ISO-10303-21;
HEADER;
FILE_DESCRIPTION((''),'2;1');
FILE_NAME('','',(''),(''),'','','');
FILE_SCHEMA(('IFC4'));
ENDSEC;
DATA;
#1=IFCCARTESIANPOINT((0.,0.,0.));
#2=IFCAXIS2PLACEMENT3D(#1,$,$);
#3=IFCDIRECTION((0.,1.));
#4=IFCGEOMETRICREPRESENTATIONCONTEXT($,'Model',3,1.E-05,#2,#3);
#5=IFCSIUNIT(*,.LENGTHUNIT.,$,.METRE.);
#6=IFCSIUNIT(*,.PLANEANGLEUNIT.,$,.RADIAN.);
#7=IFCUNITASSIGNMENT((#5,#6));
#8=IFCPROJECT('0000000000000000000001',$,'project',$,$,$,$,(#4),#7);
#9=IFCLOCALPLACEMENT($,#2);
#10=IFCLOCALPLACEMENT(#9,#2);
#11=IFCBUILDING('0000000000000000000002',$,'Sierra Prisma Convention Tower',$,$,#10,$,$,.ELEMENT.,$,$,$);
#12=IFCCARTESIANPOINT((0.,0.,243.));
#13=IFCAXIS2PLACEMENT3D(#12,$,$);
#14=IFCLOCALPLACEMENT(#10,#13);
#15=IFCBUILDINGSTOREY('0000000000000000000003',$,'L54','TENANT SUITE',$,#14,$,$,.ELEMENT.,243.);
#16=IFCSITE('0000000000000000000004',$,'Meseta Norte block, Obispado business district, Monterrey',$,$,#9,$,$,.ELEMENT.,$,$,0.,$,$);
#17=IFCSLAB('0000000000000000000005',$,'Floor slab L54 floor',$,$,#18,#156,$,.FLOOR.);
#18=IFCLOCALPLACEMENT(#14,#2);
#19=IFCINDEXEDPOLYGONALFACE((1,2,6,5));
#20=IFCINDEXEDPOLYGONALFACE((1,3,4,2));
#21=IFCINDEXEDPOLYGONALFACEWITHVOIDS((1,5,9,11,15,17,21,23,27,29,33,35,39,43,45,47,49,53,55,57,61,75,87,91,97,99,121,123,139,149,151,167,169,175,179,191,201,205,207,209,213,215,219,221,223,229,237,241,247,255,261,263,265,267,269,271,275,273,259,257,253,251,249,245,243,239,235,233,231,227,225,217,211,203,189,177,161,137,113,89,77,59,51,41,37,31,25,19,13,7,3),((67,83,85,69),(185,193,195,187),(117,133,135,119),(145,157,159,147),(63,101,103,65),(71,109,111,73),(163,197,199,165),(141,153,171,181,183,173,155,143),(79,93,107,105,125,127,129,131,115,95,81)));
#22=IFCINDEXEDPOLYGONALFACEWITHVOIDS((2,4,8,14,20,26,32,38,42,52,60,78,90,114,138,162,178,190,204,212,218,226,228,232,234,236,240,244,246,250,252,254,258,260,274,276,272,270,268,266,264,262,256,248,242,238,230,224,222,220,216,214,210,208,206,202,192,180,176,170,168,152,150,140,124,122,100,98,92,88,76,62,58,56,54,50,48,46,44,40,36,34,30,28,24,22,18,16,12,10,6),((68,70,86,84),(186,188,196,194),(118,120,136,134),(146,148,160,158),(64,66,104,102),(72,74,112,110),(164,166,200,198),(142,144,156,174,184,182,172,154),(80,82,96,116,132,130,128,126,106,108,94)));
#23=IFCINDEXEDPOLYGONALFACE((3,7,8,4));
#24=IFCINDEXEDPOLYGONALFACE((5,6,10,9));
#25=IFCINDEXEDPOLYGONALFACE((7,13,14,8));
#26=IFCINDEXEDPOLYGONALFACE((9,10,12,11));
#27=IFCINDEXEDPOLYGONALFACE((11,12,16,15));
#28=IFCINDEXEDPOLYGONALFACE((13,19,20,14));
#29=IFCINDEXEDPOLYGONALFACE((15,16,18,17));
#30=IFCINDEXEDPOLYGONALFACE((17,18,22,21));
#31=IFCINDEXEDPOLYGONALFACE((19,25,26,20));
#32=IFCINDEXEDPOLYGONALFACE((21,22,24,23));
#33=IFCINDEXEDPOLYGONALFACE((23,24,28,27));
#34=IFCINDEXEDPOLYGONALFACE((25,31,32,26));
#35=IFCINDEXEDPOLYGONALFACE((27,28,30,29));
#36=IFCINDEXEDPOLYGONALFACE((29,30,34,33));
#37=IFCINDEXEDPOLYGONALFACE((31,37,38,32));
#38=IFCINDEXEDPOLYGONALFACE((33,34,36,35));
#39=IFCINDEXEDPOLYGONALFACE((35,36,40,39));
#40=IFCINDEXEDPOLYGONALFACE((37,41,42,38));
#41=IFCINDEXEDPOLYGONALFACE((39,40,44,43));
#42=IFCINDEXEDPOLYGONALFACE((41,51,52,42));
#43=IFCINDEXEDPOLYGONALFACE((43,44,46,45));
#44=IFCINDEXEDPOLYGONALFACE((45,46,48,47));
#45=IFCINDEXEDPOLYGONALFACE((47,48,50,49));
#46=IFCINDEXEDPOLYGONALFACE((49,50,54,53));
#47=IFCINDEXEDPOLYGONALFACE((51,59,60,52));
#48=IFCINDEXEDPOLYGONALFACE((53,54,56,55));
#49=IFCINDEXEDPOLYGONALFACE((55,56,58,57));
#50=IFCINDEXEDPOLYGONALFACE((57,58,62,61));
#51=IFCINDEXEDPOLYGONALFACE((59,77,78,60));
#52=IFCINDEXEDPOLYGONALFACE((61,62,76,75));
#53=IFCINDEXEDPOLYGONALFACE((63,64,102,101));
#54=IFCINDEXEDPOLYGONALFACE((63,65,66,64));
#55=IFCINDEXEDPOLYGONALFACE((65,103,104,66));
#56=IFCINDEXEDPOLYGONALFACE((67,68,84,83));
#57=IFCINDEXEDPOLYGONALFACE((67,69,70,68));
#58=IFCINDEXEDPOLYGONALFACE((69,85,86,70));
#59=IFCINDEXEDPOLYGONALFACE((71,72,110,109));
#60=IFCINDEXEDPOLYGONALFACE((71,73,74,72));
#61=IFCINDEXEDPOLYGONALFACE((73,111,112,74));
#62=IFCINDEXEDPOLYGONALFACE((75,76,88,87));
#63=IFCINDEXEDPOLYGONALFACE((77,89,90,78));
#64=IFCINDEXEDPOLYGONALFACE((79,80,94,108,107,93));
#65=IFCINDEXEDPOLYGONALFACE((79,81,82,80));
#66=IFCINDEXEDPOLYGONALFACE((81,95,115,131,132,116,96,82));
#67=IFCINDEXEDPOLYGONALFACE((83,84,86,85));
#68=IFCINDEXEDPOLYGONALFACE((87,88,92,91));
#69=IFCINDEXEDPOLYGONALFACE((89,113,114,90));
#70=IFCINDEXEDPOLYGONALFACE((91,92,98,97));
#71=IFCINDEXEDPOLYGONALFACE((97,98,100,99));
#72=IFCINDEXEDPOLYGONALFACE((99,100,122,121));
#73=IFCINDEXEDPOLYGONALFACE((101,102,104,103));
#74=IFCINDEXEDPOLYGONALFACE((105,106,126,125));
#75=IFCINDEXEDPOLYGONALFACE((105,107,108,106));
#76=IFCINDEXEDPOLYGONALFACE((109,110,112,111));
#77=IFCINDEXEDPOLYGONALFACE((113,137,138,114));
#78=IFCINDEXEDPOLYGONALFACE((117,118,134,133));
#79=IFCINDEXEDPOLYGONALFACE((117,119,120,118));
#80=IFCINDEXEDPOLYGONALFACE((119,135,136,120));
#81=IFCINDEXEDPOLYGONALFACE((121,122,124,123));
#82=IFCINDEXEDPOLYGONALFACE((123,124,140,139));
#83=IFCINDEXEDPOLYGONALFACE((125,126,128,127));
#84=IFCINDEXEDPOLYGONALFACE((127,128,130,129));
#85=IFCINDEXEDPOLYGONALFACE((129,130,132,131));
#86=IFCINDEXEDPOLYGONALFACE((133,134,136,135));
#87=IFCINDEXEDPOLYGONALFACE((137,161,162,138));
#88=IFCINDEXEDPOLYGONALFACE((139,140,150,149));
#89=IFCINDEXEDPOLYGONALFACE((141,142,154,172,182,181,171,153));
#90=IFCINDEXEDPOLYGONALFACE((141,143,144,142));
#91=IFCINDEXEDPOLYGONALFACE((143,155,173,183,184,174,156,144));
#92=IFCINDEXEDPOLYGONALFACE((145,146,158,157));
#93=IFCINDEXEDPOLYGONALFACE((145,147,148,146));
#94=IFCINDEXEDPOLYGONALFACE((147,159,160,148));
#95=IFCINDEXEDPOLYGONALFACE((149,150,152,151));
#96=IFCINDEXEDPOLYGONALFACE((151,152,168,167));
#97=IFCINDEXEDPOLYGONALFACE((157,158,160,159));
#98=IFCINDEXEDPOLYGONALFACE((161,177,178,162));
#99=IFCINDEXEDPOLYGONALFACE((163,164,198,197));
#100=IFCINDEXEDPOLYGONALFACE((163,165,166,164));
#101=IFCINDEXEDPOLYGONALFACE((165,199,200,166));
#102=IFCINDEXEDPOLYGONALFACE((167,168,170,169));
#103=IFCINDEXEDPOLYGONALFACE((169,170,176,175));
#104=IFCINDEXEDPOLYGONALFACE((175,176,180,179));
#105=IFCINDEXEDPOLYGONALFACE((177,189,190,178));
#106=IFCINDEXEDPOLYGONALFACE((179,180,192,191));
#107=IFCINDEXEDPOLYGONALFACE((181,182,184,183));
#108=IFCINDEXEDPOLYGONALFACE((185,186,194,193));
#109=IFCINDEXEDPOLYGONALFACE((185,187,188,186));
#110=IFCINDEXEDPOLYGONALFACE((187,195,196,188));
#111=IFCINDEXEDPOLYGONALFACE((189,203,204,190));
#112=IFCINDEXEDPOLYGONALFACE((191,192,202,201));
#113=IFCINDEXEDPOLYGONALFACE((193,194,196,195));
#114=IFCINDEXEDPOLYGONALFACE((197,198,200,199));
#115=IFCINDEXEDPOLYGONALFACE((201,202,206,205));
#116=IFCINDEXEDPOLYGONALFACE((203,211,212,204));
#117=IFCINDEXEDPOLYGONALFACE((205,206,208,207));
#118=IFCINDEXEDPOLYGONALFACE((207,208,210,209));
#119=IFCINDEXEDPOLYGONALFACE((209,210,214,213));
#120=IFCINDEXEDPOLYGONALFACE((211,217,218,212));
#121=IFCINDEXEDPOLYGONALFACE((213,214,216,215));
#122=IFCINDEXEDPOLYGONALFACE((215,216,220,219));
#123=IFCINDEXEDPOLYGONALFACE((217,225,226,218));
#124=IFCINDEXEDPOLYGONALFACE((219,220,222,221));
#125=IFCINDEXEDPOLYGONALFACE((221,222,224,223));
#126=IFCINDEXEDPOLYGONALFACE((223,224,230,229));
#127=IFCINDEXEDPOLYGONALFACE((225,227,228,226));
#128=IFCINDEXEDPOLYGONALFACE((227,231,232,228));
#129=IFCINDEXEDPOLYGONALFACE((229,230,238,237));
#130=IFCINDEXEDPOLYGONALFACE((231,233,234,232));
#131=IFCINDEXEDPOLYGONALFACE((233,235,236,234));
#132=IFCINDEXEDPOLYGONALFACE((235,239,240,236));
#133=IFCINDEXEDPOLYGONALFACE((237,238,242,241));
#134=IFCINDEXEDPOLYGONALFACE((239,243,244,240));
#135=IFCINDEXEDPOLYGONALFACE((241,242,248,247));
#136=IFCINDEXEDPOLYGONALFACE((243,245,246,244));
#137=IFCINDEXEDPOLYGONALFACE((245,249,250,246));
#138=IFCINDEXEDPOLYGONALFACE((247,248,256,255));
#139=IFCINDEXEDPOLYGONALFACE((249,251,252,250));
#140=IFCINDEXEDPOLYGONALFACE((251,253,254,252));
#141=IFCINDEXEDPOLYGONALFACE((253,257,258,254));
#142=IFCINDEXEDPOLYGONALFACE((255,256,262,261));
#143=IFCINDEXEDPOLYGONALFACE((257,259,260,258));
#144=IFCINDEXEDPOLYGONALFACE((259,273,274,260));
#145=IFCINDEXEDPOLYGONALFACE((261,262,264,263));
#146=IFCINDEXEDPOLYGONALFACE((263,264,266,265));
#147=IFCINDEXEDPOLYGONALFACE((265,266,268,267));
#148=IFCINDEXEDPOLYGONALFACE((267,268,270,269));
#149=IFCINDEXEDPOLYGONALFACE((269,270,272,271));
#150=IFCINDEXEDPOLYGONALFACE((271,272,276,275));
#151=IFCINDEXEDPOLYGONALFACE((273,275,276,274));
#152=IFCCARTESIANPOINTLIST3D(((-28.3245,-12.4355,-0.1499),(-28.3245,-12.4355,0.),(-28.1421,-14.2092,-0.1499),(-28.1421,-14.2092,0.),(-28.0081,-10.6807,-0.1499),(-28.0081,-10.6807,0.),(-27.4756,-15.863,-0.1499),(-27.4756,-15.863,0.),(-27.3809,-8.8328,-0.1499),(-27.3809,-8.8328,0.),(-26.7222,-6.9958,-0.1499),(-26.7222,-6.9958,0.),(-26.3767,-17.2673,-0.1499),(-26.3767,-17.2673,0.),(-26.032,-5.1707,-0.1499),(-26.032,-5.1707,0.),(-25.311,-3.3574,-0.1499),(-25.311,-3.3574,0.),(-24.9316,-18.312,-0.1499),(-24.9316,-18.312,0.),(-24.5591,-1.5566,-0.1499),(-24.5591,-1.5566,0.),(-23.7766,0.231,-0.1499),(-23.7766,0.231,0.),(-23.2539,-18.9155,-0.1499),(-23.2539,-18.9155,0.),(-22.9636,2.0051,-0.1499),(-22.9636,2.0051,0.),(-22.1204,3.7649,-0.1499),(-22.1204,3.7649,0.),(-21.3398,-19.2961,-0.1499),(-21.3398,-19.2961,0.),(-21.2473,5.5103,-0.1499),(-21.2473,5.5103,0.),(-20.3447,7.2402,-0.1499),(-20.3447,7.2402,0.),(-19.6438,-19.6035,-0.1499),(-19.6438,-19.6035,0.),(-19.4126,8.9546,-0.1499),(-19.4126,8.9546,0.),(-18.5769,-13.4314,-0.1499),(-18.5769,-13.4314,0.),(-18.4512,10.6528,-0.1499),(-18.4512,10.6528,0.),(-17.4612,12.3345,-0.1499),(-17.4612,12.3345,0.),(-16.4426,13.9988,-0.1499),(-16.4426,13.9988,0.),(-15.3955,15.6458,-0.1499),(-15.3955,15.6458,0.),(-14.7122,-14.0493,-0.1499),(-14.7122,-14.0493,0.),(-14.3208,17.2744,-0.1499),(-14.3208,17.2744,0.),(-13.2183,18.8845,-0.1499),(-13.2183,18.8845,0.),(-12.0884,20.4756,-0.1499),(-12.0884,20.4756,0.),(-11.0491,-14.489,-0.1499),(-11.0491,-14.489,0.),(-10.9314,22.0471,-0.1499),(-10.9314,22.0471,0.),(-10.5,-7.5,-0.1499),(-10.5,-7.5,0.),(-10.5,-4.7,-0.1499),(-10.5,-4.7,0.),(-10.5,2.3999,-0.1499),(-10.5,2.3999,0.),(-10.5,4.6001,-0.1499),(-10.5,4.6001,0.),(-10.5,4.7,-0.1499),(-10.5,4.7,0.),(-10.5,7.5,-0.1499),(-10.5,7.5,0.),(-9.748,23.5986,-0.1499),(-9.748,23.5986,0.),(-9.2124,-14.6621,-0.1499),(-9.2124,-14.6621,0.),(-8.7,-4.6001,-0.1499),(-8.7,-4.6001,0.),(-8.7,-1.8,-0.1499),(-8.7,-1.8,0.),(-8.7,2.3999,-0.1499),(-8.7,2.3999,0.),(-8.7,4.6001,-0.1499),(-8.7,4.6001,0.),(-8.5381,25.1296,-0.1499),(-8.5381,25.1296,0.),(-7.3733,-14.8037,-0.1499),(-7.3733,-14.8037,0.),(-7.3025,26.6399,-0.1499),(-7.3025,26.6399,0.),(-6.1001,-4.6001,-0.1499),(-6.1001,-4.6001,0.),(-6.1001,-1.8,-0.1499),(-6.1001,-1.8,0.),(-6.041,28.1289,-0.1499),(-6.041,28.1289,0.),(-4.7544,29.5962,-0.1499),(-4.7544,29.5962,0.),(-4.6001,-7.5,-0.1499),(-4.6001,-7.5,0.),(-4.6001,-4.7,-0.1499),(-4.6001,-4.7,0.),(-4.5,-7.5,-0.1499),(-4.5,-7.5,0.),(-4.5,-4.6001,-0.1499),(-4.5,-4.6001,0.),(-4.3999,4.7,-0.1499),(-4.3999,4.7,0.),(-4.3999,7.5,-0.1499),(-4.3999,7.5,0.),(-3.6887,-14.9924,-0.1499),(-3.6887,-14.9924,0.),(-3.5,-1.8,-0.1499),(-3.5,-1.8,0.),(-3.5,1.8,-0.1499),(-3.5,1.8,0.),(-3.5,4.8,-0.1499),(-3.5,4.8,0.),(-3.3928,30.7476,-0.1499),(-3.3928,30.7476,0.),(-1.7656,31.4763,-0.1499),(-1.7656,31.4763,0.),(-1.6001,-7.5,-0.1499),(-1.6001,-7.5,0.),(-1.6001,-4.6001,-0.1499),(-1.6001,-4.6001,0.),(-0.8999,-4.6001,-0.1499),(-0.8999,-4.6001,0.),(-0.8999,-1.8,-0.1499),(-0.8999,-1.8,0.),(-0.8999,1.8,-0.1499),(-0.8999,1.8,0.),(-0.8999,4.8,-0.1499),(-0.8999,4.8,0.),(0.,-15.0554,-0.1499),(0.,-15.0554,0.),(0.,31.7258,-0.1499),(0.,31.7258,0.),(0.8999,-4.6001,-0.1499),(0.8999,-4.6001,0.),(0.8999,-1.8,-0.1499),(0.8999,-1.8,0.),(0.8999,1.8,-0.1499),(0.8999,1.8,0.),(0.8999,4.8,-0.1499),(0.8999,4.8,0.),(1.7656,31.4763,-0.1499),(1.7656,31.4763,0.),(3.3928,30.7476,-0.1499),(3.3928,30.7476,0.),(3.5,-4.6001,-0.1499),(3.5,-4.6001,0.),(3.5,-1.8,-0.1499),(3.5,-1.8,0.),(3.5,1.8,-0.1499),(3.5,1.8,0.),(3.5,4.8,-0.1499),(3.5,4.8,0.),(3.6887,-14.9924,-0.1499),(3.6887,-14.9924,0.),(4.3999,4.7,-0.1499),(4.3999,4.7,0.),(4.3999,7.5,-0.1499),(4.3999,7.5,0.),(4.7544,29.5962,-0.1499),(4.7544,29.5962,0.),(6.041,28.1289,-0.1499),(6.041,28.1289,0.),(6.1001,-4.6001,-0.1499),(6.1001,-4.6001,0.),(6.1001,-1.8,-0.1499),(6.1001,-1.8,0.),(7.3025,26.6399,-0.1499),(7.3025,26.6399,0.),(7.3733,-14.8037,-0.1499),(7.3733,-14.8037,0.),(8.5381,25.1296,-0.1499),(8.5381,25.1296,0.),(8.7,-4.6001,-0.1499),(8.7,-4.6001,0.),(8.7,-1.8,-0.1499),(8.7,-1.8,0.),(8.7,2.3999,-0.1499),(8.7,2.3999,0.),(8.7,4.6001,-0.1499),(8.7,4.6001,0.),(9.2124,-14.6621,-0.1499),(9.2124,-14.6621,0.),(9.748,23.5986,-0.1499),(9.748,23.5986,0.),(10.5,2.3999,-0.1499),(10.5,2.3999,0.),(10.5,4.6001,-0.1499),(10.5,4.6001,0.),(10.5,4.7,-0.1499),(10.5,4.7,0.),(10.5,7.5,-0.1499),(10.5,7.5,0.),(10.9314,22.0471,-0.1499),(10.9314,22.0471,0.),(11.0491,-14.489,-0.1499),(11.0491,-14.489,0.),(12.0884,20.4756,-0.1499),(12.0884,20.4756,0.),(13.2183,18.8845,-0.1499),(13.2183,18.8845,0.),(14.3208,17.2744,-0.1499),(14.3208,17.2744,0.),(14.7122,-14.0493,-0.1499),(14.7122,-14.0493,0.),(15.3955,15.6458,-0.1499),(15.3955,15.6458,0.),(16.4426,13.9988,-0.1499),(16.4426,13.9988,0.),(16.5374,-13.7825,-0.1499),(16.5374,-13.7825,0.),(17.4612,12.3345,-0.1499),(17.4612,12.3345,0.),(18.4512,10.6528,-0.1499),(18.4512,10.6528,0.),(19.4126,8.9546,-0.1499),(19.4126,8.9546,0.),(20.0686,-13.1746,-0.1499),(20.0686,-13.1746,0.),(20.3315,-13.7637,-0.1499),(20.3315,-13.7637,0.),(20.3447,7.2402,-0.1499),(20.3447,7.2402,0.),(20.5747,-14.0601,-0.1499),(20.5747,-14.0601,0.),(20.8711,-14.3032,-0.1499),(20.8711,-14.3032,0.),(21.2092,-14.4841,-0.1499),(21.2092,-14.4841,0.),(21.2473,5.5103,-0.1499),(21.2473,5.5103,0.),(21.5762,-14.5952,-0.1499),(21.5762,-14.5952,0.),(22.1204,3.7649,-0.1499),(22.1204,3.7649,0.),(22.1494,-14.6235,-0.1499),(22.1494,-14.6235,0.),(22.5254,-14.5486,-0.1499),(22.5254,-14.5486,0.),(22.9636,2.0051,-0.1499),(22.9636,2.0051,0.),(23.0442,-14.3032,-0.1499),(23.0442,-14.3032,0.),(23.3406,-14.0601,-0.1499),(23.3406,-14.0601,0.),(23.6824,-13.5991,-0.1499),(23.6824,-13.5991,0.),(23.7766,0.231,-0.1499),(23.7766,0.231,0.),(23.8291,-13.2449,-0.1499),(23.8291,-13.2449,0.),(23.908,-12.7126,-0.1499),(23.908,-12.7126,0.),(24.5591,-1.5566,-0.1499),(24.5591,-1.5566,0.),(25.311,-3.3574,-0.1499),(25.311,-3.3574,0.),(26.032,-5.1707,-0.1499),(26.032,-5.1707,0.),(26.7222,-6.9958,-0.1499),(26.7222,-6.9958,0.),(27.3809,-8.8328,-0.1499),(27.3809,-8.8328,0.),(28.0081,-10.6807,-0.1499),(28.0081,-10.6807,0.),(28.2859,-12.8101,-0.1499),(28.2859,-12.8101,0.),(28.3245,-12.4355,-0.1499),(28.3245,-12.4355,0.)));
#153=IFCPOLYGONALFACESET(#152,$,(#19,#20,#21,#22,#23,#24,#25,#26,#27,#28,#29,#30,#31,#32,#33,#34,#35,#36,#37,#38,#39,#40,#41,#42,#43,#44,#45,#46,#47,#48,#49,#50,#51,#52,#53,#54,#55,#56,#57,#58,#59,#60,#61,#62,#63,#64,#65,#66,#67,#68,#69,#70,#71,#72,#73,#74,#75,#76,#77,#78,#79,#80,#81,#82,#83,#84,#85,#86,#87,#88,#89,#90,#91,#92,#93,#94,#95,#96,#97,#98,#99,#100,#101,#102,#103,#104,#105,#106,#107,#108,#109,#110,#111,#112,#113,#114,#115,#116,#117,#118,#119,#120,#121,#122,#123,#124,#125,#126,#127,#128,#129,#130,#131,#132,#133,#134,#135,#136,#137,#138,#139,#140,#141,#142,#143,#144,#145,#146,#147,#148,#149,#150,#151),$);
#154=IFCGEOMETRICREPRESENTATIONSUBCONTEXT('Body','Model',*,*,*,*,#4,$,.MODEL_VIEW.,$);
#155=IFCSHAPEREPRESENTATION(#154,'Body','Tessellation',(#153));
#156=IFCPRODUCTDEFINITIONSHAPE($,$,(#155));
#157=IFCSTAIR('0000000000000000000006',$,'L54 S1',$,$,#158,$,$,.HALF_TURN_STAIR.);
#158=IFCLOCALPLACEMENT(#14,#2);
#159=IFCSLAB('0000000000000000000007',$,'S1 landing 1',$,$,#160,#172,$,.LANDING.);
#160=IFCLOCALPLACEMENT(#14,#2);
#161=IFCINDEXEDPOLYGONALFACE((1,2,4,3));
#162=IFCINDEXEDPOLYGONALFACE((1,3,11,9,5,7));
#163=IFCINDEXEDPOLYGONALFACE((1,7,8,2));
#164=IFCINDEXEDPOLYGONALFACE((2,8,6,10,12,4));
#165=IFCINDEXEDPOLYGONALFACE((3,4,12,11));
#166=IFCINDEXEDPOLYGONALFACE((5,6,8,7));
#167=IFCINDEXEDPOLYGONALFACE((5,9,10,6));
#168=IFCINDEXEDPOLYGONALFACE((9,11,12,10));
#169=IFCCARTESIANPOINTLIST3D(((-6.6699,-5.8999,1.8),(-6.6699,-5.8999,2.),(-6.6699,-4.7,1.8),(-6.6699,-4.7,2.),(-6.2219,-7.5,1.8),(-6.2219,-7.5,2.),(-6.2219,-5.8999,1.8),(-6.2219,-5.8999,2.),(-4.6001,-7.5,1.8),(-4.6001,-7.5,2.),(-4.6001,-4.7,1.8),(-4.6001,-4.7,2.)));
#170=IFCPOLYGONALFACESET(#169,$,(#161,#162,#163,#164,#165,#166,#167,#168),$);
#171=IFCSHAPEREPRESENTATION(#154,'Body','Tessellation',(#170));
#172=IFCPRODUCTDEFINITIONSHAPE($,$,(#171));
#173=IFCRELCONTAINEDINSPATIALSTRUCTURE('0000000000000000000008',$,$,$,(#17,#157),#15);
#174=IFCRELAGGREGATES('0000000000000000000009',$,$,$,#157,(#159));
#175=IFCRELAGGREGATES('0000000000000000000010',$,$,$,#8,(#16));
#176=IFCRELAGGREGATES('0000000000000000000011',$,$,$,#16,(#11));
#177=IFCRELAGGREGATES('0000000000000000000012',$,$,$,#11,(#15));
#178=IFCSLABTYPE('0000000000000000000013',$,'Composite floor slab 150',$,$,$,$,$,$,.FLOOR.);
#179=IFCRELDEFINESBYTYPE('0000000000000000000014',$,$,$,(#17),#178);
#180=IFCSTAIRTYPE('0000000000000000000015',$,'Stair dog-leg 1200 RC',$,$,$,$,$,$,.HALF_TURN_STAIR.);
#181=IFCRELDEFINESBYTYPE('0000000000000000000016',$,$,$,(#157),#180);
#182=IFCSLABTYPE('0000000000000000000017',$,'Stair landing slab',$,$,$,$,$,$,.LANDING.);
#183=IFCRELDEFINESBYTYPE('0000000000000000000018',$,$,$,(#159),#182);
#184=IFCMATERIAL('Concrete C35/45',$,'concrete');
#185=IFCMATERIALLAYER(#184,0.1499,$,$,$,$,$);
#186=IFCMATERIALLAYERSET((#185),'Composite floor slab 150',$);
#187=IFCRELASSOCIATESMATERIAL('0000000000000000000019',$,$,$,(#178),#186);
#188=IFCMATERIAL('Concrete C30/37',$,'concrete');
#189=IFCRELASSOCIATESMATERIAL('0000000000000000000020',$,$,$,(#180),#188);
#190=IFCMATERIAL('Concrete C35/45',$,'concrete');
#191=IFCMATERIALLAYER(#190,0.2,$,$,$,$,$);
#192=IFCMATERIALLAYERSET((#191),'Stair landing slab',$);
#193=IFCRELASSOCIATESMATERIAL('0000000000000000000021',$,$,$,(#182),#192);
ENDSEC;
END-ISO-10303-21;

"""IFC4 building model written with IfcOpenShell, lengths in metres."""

from ifc_helpers import new_model, si_unit, direction, frame, origin, place, context, subcontext, project, spatial, polyline, outline, extrude, material, layer, layer_set, type_object, element, aggregate, save


model = new_model("IFC4")

# Units and contexts
model_context = context("Model", 3, precision=1e-05, world=origin(), true_north=direction((0.0, 1.0)))
body_context = subcontext(model_context, "Body", "Model", "MODEL_VIEW")
ifc_project = project(units=[si_unit("LENGTHUNIT", "METRE"), si_unit("PLANEANGLEUNIT", "RADIAN")], contexts=[model_context])

# Site, building, storey
site_placement = place(None, origin())
site = spatial("IfcSite", under=ifc_project, at=site_placement, Name="Meseta Norte block, Obispado business district, Monterrey", CompositionType="ELEMENT", RefElevation=0.0)
building_placement = place(site_placement, origin())
building = spatial("IfcBuilding", under=site, at=building_placement, Name="Sierra Prisma Convention Tower", CompositionType="ELEMENT")
storey_placement = place(building_placement, frame((0.0, 0.0, 243.0)))
storey = spatial("IfcBuildingStorey", under=building, at=storey_placement, Name="L54", Description="TENANT SUITE", CompositionType="ELEMENT", Elevation=243.0)

# Slab
ifc_material_1 = material(Name="Concrete C35/45", Category="concrete")
ifc_layer_1 = layer(ifc_material_1, 0.1499)
ifc_layer_set_1 = layer_set([ifc_layer_1], Name="Composite floor slab 150")
slab_type_1 = type_object("IfcSlabType", Name="Composite floor slab 150", PredefinedType="FLOOR", material=ifc_layer_set_1)
slab_1_placement = place(storey_placement, frame((0.0, 0.0, -0.1499)))
element("IfcSlab", 1, at=slab_1_placement, inside=storey, type_object=slab_type_1, Name="Floor slab L54 floor", PredefinedType="FLOOR", context=body_context, shape_type="SweptSolid", body=[
    extrude(outline(polyline([(-21.3398, -19.2961), (-19.6438, -19.6035), (-18.5769, -13.4314), (-14.7122, -14.0493), (-11.0491, -14.489), (-9.2124, -14.6621), (-7.3733, -14.8037), (-3.6887, -14.9924), (0.0, -15.0554), (3.6887, -14.9924), (7.3733, -14.8037), (9.2124, -14.6621), (11.0491, -14.489), (14.7122, -14.0493), (16.5374, -13.7825), (20.0686, -13.1746), (20.3315, -13.7637), (20.5747, -14.0601), (20.8711, -14.3032), (21.2092, -14.4841), (21.5762, -14.5952), (22.1494, -14.6235), (22.5254, -14.5486), (23.0442, -14.3032), (23.3406, -14.0601), (23.6824, -13.5991), (23.8291, -13.2449), (23.908, -12.7126), (28.2859, -12.8101), (28.3245, -12.4355), (28.0081, -10.6807), (27.3809, -8.8328), (26.7222, -6.9958), (26.032, -5.1707), (25.311, -3.3574), (24.5591, -1.5566), (23.7766, 0.231), (22.9636, 2.0051), (22.1204, 3.7649), (21.2473, 5.5103), (20.3447, 7.2402), (19.4126, 8.9546), (18.4512, 10.6528), (17.4612, 12.3345), (16.4426, 13.9988), (15.3955, 15.6458), (14.3208, 17.2744), (13.2183, 18.8845), (12.0884, 20.4756), (10.9314, 22.0471), (9.748, 23.5986), (8.5381, 25.1296), (7.3025, 26.6399), (6.041, 28.1289), (4.7544, 29.5962), (3.3928, 30.7476), (1.7656, 31.4763), (0.0, 31.7258), (-1.7656, 31.4763), (-3.3928, 30.7476), (-4.7544, 29.5962), (-6.041, 28.1289), (-7.3025, 26.6399), (-8.5381, 25.1296), (-9.748, 23.5986), (-10.9314, 22.0471), (-12.0884, 20.4756), (-13.2183, 18.8845), (-14.3208, 17.2744), (-15.3955, 15.6458), (-16.4426, 13.9988), (-17.4612, 12.3345), (-18.4512, 10.6528), (-19.4126, 8.9546), (-20.3447, 7.2402), (-21.2473, 5.5103), (-22.1204, 3.7649), (-22.9636, 2.0051), (-23.7766, 0.231), (-24.5591, -1.5566), (-25.311, -3.3574), (-26.032, -5.1707), (-26.7222, -6.9958), (-27.3809, -8.8328), (-28.0081, -10.6807), (-28.3245, -12.4355), (-28.1421, -14.2092), (-27.4756, -15.863), (-26.3767, -17.2673), (-24.9316, -18.312), (-23.2539, -18.9155), (-21.3398, -19.2961)]), holes=[polyline([(-4.6001, -4.7), (-4.6001, -7.5), (-10.5, -7.5), (-10.5, -4.7), (-4.6001, -4.7)]), polyline([(-4.5, -7.5), (-4.5, -4.6001), (-6.1001, -4.6001), (-8.7, -4.6001), (-8.7, -1.8), (-6.1001, -1.8), (-3.5, -1.8), (-0.8999, -1.8), (-0.8999, -4.6001), (-1.6001, -4.6001), (-1.6001, -7.5), (-4.5, -7.5)]), polyline([(-8.7, 2.3999), (-10.5, 2.3999), (-10.5, 4.6001), (-8.7, 4.6001), (-8.7, 2.3999)]), polyline([(-4.3999, 4.7), (-10.5, 4.7), (-10.5, 7.5), (-4.3999, 7.5), (-4.3999, 4.7)]), polyline([(3.5, -1.8), (6.1001, -1.8), (8.7, -1.8), (8.7, -4.6001), (6.1001, -4.6001), (3.5, -4.6001), (0.8999, -4.6001), (0.8999, -1.8), (3.5, -1.8)]), polyline([(-0.8999, 1.8), (-3.5, 1.8), (-3.5, 4.8), (-0.8999, 4.8), (-0.8999, 1.8)]), polyline([(3.5, 1.8), (0.8999, 1.8), (0.8999, 4.8), (3.5, 4.8), (3.5, 1.8)]), polyline([(10.5, 2.3999), (8.7, 2.3999), (8.7, 4.6001), (10.5, 4.6001), (10.5, 2.3999)]), polyline([(10.5, 4.7), (4.3999, 4.7), (4.3999, 7.5), (10.5, 7.5), (10.5, 4.7)])]), origin(), (0.0, 0.0, 1.0), 0.1499),
])

# Stair, slab
ifc_material_2 = material(Name="Concrete C30/37", Category="concrete")
stair_type = type_object("IfcStairType", Name="Stair dog-leg 1200 RC", PredefinedType="HALF_TURN_STAIR", material=ifc_material_2)
stair_1_placement = place(storey_placement, origin())
stair_1 = element("IfcStair", 2, at=stair_1_placement, inside=storey, type_object=stair_type, Name="L54 S1", PredefinedType="HALF_TURN_STAIR")
ifc_material_3 = material(Name="Concrete C35/45", Category="concrete")
ifc_layer_2 = layer(ifc_material_3, 0.2)
ifc_layer_set_2 = layer_set([ifc_layer_2], Name="Stair landing slab")
slab_type_2 = type_object("IfcSlabType", Name="Stair landing slab", PredefinedType="LANDING", material=ifc_layer_set_2)
slab_2_placement = place(storey_placement, frame((0.0, 0.0, 1.8)))
slab_2 = element("IfcSlab", 3, at=slab_2_placement, type_object=slab_type_2, Name="S1 landing 1", PredefinedType="LANDING", context=body_context, shape_type="SweptSolid", body=[
    extrude(outline(polyline([(-4.6001, -4.7), (-4.6001, -7.5), (-6.2219, -7.5), (-6.2219, -5.8999), (-6.6699, -5.8999), (-6.6699, -4.7), (-4.6001, -4.7)])), origin(), (0.0, 0.0, 1.0), 0.2),
])
aggregate(stair_1, [slab_2])

save(model, "model.ifc")
